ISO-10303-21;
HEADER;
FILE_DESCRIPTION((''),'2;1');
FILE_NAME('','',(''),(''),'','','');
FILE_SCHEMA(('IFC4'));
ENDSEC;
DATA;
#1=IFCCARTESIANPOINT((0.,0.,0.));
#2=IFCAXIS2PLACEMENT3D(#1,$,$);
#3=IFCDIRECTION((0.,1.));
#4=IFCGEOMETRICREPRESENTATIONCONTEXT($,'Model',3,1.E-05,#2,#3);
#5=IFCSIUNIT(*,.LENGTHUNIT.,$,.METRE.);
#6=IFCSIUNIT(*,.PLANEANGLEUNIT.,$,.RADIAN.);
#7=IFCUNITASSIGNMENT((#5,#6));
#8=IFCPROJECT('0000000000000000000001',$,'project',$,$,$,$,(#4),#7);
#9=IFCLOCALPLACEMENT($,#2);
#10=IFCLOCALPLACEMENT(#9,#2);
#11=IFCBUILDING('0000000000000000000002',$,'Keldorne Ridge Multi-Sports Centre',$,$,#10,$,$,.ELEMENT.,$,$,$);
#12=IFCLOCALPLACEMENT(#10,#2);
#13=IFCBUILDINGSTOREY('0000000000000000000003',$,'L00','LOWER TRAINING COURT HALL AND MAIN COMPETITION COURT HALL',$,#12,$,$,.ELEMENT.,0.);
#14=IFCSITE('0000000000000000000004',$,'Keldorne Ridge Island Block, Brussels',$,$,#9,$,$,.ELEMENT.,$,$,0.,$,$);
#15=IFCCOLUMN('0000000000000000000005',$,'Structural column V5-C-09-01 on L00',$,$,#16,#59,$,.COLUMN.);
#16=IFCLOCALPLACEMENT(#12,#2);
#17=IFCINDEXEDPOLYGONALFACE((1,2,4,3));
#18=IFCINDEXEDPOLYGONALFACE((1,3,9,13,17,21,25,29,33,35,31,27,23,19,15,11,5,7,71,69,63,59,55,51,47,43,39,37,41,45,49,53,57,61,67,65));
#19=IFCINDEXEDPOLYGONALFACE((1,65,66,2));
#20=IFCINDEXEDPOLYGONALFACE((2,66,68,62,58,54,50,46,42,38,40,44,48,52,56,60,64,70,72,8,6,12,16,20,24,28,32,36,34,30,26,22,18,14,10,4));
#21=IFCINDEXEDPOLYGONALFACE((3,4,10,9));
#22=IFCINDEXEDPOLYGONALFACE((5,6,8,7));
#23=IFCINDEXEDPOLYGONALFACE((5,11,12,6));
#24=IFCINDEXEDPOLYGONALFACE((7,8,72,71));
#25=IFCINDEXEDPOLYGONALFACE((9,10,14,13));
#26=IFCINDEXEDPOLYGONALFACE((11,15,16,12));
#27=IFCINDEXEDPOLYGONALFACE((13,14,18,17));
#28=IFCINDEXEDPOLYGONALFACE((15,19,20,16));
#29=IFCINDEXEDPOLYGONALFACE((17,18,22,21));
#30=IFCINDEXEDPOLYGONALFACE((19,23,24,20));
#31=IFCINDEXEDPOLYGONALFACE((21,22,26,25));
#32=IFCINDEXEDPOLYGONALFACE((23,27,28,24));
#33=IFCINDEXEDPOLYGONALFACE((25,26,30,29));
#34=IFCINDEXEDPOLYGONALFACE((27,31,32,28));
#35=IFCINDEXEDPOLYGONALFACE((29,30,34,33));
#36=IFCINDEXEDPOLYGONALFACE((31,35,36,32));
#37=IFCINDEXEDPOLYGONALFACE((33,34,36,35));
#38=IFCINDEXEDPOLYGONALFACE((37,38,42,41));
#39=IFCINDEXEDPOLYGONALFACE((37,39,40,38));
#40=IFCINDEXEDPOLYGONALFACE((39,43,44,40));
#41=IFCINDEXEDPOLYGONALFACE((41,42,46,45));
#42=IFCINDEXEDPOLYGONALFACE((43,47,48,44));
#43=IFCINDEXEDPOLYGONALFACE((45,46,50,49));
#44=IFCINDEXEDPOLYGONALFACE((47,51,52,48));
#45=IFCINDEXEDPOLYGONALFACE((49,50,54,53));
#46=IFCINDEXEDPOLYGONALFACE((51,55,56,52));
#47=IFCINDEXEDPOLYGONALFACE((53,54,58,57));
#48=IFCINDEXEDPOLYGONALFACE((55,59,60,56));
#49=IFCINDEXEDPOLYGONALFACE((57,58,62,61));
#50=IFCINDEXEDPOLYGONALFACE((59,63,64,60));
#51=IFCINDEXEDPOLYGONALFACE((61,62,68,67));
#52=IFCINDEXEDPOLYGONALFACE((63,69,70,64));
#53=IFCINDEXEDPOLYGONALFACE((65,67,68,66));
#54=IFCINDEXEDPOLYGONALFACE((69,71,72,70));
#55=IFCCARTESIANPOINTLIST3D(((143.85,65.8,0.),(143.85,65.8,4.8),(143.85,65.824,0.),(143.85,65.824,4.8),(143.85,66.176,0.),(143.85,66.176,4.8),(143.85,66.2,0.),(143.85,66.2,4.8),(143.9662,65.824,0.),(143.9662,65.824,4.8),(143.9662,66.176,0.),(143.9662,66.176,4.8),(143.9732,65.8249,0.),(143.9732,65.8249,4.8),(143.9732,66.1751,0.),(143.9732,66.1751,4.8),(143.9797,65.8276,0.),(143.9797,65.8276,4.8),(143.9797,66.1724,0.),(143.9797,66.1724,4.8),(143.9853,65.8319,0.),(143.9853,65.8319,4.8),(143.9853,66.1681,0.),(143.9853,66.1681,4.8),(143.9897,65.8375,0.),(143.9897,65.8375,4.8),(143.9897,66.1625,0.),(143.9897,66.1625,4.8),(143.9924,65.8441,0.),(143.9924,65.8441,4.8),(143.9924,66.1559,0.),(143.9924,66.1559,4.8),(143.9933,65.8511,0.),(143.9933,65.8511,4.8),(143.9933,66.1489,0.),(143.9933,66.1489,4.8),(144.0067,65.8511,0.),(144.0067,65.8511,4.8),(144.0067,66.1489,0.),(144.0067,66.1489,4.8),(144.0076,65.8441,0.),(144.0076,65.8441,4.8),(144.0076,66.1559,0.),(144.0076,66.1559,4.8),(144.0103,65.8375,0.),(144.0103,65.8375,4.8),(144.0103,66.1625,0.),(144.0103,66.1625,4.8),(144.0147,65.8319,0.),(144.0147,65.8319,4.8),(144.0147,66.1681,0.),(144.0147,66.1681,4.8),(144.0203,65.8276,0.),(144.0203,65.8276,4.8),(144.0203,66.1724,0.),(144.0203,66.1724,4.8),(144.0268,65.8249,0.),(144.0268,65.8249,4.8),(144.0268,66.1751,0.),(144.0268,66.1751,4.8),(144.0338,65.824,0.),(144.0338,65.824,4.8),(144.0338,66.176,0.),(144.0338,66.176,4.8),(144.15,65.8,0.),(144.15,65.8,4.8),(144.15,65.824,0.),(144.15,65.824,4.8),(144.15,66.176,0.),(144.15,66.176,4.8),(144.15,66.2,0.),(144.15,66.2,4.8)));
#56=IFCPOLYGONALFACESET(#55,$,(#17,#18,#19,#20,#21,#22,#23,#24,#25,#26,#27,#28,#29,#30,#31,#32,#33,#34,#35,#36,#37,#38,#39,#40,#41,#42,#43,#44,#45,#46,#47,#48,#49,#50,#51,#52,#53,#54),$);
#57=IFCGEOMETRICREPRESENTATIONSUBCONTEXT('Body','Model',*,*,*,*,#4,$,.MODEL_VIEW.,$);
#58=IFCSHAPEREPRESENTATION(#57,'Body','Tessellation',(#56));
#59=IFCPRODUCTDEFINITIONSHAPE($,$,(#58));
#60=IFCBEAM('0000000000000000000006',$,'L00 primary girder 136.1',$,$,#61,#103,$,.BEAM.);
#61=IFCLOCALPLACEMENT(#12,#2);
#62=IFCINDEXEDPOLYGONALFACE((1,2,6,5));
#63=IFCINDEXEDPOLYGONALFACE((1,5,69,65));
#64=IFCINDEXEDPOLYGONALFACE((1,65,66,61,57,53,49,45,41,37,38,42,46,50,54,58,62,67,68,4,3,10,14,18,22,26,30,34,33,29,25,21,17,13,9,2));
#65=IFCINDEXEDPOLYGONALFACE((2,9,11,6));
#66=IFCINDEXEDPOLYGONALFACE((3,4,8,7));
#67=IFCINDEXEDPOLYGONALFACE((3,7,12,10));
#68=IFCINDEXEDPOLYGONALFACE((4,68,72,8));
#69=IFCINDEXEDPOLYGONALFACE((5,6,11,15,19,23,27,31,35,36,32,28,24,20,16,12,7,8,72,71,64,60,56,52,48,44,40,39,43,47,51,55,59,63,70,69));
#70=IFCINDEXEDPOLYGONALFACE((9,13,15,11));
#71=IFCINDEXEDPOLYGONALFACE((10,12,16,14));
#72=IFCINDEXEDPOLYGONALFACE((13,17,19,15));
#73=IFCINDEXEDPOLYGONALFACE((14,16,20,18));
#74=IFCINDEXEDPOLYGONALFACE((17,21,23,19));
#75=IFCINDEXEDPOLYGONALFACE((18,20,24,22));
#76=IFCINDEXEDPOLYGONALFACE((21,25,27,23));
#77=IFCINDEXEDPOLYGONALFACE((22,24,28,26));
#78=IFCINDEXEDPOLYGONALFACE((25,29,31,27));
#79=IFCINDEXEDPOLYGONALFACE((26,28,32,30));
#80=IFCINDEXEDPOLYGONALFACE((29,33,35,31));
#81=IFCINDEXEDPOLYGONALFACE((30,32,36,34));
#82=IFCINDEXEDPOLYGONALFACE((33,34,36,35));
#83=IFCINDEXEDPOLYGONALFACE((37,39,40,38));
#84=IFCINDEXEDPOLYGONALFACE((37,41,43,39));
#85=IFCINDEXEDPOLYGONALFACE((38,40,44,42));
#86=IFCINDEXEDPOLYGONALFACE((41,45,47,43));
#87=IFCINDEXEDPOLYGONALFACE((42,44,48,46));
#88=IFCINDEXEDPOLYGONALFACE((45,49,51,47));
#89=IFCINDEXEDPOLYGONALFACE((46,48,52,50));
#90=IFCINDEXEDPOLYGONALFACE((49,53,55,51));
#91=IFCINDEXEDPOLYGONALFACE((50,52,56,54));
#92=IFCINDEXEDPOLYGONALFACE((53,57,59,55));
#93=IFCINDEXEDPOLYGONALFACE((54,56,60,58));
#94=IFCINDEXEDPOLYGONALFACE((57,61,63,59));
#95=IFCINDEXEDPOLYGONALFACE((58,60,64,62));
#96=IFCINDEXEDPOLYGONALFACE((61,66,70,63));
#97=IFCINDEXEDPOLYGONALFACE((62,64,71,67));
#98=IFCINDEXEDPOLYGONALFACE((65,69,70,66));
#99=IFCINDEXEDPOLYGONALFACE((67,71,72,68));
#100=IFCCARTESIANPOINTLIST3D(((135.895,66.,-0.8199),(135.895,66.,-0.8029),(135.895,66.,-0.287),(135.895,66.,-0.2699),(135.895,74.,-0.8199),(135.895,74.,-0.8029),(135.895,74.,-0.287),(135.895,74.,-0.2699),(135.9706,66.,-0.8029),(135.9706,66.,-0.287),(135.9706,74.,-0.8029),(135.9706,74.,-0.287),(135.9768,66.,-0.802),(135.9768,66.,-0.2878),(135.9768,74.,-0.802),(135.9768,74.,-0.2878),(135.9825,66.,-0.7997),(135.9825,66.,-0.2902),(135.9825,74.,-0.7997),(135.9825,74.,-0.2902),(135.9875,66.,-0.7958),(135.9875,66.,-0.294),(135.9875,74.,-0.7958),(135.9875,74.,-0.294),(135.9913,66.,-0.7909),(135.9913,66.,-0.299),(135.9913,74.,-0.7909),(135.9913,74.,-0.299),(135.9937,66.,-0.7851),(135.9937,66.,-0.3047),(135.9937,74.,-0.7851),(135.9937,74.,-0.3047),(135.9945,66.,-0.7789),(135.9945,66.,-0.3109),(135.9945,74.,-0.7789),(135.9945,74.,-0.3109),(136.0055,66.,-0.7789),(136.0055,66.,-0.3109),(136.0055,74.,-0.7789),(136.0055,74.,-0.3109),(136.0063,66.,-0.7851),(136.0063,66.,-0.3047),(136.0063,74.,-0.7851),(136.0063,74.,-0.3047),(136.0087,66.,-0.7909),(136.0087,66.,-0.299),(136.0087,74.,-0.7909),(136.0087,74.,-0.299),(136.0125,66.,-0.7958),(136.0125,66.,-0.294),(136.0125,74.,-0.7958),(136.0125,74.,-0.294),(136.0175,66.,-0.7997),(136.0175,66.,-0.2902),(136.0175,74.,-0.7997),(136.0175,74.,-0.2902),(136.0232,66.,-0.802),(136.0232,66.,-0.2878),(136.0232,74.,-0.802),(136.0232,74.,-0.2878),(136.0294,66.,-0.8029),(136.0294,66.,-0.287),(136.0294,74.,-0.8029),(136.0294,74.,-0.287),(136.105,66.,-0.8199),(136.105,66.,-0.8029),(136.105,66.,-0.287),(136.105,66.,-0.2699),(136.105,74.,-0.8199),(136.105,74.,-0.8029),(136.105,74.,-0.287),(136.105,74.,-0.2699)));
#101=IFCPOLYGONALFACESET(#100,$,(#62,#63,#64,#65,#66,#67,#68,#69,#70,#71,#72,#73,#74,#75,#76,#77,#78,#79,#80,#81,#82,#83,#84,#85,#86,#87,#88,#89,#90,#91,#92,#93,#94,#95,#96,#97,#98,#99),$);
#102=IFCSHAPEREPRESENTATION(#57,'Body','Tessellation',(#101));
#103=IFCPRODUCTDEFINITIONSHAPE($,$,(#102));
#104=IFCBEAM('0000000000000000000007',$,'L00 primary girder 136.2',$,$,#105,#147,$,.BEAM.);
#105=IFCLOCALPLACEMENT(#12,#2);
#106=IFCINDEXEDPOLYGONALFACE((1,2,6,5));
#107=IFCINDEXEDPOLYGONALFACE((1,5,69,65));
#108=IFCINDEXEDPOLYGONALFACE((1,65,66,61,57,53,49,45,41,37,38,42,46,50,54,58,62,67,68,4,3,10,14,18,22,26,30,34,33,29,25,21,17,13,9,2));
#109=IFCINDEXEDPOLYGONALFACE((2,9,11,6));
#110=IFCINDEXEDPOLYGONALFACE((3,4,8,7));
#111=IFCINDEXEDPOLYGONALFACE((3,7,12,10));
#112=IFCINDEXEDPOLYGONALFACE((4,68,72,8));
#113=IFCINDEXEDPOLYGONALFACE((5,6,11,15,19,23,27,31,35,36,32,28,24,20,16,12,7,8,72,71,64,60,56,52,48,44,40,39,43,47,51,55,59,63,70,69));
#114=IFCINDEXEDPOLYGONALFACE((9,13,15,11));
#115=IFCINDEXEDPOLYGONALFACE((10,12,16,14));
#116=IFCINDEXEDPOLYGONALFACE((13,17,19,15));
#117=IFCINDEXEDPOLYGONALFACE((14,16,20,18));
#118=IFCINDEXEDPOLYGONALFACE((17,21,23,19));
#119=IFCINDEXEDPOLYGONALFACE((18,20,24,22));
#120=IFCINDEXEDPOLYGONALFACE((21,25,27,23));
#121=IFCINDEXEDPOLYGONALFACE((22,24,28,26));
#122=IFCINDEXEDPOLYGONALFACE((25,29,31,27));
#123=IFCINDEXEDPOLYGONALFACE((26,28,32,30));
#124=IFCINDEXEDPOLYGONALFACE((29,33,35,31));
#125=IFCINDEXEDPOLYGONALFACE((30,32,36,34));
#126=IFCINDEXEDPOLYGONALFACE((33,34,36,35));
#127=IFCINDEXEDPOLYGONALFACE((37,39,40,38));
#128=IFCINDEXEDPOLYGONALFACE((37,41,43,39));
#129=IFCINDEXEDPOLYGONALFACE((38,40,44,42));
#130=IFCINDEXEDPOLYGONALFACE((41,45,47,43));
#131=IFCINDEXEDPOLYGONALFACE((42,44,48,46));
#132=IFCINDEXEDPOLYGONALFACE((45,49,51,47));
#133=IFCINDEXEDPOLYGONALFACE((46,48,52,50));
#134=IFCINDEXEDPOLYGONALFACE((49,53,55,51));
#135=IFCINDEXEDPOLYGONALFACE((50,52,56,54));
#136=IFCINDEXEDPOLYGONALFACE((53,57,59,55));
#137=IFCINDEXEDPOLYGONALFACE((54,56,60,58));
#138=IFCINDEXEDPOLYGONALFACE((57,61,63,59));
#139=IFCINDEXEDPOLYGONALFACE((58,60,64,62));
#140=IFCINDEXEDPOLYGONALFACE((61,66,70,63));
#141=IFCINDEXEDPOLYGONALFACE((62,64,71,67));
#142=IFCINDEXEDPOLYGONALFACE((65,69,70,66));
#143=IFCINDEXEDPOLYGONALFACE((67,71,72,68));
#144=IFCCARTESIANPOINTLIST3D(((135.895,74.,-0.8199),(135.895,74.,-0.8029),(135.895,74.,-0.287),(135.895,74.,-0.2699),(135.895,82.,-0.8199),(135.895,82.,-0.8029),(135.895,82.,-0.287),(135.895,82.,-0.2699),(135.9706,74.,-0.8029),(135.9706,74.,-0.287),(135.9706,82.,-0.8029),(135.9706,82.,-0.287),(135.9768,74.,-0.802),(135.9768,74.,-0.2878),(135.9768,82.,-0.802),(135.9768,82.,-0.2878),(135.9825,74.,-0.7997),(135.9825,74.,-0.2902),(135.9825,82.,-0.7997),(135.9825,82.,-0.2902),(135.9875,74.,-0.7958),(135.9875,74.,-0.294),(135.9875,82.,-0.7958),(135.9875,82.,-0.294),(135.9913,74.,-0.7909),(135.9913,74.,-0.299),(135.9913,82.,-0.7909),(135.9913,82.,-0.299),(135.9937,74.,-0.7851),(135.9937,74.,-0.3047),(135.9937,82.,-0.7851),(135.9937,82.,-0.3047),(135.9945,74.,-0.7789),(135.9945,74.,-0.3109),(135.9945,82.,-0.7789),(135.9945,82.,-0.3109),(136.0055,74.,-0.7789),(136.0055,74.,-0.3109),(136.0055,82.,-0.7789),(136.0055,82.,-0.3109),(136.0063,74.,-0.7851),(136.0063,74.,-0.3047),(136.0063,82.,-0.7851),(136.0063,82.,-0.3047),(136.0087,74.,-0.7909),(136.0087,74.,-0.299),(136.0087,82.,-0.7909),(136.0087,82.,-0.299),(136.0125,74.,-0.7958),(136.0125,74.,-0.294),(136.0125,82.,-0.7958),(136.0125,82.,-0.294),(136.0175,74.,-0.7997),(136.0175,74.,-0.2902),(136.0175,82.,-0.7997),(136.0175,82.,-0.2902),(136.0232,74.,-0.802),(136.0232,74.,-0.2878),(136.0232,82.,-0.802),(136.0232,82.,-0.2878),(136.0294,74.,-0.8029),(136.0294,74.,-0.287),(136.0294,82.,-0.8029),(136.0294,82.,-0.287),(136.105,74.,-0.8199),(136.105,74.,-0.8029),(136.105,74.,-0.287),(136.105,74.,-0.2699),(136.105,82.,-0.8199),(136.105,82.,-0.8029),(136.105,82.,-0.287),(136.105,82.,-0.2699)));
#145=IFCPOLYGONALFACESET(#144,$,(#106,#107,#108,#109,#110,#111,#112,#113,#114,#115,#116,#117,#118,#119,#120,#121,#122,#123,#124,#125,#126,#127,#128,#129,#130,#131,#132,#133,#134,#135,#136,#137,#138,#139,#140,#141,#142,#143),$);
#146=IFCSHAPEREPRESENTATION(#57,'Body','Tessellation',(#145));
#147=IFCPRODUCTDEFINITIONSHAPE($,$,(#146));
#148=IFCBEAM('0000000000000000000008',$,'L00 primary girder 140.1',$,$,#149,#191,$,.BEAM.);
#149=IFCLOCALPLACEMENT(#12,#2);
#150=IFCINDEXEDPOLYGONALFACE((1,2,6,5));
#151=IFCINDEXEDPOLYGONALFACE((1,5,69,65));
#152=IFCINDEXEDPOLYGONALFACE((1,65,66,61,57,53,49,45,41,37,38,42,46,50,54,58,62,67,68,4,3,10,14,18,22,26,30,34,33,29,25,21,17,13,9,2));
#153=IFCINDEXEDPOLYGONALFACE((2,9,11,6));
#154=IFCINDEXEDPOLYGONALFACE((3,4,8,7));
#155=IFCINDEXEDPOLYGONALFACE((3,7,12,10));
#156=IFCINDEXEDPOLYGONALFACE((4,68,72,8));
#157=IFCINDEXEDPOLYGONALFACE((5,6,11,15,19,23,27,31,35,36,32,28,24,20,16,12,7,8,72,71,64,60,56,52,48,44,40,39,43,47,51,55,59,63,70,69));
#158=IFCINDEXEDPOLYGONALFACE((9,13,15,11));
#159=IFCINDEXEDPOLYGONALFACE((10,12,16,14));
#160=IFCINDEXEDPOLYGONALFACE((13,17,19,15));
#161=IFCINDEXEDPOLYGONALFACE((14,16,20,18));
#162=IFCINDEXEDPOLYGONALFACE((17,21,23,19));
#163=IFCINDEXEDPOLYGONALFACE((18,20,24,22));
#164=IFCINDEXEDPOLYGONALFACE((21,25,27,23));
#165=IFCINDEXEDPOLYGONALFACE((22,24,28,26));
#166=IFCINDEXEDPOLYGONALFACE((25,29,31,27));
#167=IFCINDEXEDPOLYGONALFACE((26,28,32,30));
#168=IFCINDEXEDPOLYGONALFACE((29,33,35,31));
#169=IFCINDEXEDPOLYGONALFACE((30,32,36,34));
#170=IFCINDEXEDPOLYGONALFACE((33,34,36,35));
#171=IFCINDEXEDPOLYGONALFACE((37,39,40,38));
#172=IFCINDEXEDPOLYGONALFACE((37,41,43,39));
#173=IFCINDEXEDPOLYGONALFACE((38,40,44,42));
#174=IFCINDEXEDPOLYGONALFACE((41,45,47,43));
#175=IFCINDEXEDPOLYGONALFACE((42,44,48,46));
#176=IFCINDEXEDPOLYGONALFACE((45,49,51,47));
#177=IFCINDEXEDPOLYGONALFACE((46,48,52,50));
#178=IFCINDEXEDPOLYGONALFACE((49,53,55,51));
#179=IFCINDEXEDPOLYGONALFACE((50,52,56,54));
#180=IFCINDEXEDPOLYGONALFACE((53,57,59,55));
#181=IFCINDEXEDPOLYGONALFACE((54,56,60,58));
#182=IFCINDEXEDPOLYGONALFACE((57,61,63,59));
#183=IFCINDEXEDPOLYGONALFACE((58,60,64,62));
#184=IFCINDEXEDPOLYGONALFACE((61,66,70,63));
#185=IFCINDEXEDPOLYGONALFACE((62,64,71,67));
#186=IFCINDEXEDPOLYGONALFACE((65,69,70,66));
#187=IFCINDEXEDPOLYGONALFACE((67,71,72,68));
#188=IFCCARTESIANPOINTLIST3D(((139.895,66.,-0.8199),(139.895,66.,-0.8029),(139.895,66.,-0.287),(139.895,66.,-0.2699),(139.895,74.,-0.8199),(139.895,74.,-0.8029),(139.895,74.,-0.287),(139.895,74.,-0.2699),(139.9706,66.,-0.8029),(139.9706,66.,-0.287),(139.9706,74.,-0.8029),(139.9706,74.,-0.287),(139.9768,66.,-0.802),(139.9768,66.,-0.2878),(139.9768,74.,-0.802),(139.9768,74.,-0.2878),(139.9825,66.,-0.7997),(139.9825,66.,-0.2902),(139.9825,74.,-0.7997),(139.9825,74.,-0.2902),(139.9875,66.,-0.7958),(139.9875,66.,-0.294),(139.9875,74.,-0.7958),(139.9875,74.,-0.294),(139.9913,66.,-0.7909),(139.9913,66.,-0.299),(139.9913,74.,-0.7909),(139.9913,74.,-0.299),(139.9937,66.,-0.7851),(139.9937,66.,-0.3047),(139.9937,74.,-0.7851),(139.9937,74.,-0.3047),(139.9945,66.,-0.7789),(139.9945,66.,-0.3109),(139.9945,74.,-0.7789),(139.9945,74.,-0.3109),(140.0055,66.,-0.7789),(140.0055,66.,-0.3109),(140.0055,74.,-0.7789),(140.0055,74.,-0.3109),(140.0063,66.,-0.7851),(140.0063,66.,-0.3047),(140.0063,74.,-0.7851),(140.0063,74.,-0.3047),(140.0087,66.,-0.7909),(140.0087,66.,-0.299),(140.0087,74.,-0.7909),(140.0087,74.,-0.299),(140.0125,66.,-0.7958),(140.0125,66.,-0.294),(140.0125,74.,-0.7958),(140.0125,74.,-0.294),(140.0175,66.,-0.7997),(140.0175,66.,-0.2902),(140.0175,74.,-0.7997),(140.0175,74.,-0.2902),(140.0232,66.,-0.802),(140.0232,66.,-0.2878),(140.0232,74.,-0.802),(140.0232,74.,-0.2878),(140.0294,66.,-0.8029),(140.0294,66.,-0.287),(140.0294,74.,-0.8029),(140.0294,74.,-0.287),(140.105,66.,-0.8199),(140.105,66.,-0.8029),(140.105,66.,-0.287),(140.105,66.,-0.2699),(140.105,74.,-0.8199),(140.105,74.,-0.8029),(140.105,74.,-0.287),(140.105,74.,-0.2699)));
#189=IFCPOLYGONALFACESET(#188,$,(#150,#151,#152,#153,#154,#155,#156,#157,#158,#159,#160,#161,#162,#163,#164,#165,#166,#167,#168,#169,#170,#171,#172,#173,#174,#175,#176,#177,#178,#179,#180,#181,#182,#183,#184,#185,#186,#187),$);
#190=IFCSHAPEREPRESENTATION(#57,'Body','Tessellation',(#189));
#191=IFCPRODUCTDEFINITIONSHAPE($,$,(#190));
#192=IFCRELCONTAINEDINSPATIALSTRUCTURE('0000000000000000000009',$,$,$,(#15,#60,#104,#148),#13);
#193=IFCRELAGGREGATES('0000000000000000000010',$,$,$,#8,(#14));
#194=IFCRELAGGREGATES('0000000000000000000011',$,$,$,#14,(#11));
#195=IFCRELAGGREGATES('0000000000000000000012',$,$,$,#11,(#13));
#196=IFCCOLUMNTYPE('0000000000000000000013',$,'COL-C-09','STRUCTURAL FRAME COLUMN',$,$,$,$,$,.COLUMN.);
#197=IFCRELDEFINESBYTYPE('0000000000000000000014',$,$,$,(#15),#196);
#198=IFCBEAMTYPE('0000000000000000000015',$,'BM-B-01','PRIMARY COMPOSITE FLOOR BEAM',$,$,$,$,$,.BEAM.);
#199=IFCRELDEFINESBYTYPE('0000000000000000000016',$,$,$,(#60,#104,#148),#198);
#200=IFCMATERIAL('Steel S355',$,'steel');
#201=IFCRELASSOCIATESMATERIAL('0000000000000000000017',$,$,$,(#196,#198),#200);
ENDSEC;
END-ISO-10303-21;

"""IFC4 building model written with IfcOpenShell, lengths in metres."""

from ifc_helpers import new_model, si_unit, direction, frame, origin, origin_2d, place, context, subcontext, project, spatial, i_section, extrude, material, material_profile, profile_set, type_object, element, save


model = new_model("IFC4")

# Units and contexts
model_context = context("Model", 3, precision=1e-05, world=origin(), true_north=direction((0.0, 1.0)))
body_context = subcontext(model_context, "Body", "Model", "MODEL_VIEW")
ifc_project = project(units=[si_unit("LENGTHUNIT", "METRE"), si_unit("PLANEANGLEUNIT", "RADIAN")], contexts=[model_context])

# Site, building, storey
site_placement = place(None, origin())
site = spatial("IfcSite", under=ifc_project, at=site_placement, Name="Keldorne Ridge Island Block, Brussels", CompositionType="ELEMENT", RefElevation=0.0)
building_placement = place(site_placement, origin())
building = spatial("IfcBuilding", under=site, at=building_placement, Name="Keldorne Ridge Multi-Sports Centre", CompositionType="ELEMENT")
storey_placement = place(building_placement, origin())
storey = spatial("IfcBuildingStorey", under=building, at=storey_placement, Name="L00", Description="LOWER TRAINING COURT HALL AND MAIN COMPETITION COURT HALL", CompositionType="ELEMENT", Elevation=0.0)

# Column
ifc_material_1 = material(Name="Steel S355", Category="steel")
ifc_material_profile_1 = material_profile(ifc_material_1, i_section(OverallWidth=0.3, OverallDepth=0.3999, WebThickness=0.0134, FlangeThickness=0.0239, FilletRadius=0.0271, at=origin_2d()), Name="HEB 400")
ifc_profile_set_1 = profile_set([ifc_material_profile_1], Name="Steel S355")
column_type = type_object("IfcColumnType", Name="COL-C-09", Description="STRUCTURAL FRAME COLUMN", PredefinedType="COLUMN", material=ifc_profile_set_1)
for number, where, z_axis, x_axis, name in (
    (1, (144.0, 66.0, 0.0), (0.0, 0.0, 1.0), (1.0, 0.0, 0.0), "Structural column V5-C-09-01 on L00"),
):
    element("IfcColumn", number, at=place(storey_placement, frame(where, z_axis=z_axis, x_axis=x_axis)), inside=storey, type_object=column_type, Name=name, PredefinedType="COLUMN", context=body_context, shape_type="SweptSolid", body=[
        extrude(i_section(OverallWidth=0.3, OverallDepth=0.3999, WebThickness=0.0134, FlangeThickness=0.0239, FilletRadius=0.0271, at=origin_2d()), origin(), (0.0, 0.0, 1.0), 4.8),
    ])

# Beams
ifc_material_profile_2 = material_profile(ifc_material_1, i_section(OverallWidth=0.21, OverallDepth=0.55, WebThickness=0.011, FlangeThickness=0.0171, FilletRadius=0.0239, at=origin_2d()), Name="IPE 550")
ifc_profile_set_2 = profile_set([ifc_material_profile_2], Name="Steel S355")
beam_type_1 = type_object("IfcBeamType", Name="BM-B-01", Description="PRIMARY COMPOSITE FLOOR BEAM", PredefinedType="BEAM", material=ifc_profile_set_2)
for number, where, z_axis, x_axis, name in (
    (2, (136.0, 66.0, -0.5449), (0.0, 1.0, 0.0), (-1.0, 0.0, 0.0), "L00 primary girder 136.1"),
    (3, (136.0, 74.0, -0.5449), (0.0, 1.0, 0.0), (-1.0, 0.0, 0.0), "L00 primary girder 136.2"),
    (4, (140.0, 66.0, -0.5449), (0.0, 1.0, 0.0), (-1.0, 0.0, 0.0), "L00 primary girder 140.1"),
):
    element("IfcBeam", number, at=place(storey_placement, frame(where, z_axis=z_axis, x_axis=x_axis)), inside=storey, type_object=beam_type_1, Name=name, PredefinedType="BEAM", context=body_context, shape_type="SweptSolid", body=[
        extrude(i_section(OverallWidth=0.21, OverallDepth=0.55, WebThickness=0.011, FlangeThickness=0.0171, FilletRadius=0.0239, at=origin_2d()), origin(), (0.0, 0.0, 1.0), 8.0),
    ])

save(model, "model.ifc")
